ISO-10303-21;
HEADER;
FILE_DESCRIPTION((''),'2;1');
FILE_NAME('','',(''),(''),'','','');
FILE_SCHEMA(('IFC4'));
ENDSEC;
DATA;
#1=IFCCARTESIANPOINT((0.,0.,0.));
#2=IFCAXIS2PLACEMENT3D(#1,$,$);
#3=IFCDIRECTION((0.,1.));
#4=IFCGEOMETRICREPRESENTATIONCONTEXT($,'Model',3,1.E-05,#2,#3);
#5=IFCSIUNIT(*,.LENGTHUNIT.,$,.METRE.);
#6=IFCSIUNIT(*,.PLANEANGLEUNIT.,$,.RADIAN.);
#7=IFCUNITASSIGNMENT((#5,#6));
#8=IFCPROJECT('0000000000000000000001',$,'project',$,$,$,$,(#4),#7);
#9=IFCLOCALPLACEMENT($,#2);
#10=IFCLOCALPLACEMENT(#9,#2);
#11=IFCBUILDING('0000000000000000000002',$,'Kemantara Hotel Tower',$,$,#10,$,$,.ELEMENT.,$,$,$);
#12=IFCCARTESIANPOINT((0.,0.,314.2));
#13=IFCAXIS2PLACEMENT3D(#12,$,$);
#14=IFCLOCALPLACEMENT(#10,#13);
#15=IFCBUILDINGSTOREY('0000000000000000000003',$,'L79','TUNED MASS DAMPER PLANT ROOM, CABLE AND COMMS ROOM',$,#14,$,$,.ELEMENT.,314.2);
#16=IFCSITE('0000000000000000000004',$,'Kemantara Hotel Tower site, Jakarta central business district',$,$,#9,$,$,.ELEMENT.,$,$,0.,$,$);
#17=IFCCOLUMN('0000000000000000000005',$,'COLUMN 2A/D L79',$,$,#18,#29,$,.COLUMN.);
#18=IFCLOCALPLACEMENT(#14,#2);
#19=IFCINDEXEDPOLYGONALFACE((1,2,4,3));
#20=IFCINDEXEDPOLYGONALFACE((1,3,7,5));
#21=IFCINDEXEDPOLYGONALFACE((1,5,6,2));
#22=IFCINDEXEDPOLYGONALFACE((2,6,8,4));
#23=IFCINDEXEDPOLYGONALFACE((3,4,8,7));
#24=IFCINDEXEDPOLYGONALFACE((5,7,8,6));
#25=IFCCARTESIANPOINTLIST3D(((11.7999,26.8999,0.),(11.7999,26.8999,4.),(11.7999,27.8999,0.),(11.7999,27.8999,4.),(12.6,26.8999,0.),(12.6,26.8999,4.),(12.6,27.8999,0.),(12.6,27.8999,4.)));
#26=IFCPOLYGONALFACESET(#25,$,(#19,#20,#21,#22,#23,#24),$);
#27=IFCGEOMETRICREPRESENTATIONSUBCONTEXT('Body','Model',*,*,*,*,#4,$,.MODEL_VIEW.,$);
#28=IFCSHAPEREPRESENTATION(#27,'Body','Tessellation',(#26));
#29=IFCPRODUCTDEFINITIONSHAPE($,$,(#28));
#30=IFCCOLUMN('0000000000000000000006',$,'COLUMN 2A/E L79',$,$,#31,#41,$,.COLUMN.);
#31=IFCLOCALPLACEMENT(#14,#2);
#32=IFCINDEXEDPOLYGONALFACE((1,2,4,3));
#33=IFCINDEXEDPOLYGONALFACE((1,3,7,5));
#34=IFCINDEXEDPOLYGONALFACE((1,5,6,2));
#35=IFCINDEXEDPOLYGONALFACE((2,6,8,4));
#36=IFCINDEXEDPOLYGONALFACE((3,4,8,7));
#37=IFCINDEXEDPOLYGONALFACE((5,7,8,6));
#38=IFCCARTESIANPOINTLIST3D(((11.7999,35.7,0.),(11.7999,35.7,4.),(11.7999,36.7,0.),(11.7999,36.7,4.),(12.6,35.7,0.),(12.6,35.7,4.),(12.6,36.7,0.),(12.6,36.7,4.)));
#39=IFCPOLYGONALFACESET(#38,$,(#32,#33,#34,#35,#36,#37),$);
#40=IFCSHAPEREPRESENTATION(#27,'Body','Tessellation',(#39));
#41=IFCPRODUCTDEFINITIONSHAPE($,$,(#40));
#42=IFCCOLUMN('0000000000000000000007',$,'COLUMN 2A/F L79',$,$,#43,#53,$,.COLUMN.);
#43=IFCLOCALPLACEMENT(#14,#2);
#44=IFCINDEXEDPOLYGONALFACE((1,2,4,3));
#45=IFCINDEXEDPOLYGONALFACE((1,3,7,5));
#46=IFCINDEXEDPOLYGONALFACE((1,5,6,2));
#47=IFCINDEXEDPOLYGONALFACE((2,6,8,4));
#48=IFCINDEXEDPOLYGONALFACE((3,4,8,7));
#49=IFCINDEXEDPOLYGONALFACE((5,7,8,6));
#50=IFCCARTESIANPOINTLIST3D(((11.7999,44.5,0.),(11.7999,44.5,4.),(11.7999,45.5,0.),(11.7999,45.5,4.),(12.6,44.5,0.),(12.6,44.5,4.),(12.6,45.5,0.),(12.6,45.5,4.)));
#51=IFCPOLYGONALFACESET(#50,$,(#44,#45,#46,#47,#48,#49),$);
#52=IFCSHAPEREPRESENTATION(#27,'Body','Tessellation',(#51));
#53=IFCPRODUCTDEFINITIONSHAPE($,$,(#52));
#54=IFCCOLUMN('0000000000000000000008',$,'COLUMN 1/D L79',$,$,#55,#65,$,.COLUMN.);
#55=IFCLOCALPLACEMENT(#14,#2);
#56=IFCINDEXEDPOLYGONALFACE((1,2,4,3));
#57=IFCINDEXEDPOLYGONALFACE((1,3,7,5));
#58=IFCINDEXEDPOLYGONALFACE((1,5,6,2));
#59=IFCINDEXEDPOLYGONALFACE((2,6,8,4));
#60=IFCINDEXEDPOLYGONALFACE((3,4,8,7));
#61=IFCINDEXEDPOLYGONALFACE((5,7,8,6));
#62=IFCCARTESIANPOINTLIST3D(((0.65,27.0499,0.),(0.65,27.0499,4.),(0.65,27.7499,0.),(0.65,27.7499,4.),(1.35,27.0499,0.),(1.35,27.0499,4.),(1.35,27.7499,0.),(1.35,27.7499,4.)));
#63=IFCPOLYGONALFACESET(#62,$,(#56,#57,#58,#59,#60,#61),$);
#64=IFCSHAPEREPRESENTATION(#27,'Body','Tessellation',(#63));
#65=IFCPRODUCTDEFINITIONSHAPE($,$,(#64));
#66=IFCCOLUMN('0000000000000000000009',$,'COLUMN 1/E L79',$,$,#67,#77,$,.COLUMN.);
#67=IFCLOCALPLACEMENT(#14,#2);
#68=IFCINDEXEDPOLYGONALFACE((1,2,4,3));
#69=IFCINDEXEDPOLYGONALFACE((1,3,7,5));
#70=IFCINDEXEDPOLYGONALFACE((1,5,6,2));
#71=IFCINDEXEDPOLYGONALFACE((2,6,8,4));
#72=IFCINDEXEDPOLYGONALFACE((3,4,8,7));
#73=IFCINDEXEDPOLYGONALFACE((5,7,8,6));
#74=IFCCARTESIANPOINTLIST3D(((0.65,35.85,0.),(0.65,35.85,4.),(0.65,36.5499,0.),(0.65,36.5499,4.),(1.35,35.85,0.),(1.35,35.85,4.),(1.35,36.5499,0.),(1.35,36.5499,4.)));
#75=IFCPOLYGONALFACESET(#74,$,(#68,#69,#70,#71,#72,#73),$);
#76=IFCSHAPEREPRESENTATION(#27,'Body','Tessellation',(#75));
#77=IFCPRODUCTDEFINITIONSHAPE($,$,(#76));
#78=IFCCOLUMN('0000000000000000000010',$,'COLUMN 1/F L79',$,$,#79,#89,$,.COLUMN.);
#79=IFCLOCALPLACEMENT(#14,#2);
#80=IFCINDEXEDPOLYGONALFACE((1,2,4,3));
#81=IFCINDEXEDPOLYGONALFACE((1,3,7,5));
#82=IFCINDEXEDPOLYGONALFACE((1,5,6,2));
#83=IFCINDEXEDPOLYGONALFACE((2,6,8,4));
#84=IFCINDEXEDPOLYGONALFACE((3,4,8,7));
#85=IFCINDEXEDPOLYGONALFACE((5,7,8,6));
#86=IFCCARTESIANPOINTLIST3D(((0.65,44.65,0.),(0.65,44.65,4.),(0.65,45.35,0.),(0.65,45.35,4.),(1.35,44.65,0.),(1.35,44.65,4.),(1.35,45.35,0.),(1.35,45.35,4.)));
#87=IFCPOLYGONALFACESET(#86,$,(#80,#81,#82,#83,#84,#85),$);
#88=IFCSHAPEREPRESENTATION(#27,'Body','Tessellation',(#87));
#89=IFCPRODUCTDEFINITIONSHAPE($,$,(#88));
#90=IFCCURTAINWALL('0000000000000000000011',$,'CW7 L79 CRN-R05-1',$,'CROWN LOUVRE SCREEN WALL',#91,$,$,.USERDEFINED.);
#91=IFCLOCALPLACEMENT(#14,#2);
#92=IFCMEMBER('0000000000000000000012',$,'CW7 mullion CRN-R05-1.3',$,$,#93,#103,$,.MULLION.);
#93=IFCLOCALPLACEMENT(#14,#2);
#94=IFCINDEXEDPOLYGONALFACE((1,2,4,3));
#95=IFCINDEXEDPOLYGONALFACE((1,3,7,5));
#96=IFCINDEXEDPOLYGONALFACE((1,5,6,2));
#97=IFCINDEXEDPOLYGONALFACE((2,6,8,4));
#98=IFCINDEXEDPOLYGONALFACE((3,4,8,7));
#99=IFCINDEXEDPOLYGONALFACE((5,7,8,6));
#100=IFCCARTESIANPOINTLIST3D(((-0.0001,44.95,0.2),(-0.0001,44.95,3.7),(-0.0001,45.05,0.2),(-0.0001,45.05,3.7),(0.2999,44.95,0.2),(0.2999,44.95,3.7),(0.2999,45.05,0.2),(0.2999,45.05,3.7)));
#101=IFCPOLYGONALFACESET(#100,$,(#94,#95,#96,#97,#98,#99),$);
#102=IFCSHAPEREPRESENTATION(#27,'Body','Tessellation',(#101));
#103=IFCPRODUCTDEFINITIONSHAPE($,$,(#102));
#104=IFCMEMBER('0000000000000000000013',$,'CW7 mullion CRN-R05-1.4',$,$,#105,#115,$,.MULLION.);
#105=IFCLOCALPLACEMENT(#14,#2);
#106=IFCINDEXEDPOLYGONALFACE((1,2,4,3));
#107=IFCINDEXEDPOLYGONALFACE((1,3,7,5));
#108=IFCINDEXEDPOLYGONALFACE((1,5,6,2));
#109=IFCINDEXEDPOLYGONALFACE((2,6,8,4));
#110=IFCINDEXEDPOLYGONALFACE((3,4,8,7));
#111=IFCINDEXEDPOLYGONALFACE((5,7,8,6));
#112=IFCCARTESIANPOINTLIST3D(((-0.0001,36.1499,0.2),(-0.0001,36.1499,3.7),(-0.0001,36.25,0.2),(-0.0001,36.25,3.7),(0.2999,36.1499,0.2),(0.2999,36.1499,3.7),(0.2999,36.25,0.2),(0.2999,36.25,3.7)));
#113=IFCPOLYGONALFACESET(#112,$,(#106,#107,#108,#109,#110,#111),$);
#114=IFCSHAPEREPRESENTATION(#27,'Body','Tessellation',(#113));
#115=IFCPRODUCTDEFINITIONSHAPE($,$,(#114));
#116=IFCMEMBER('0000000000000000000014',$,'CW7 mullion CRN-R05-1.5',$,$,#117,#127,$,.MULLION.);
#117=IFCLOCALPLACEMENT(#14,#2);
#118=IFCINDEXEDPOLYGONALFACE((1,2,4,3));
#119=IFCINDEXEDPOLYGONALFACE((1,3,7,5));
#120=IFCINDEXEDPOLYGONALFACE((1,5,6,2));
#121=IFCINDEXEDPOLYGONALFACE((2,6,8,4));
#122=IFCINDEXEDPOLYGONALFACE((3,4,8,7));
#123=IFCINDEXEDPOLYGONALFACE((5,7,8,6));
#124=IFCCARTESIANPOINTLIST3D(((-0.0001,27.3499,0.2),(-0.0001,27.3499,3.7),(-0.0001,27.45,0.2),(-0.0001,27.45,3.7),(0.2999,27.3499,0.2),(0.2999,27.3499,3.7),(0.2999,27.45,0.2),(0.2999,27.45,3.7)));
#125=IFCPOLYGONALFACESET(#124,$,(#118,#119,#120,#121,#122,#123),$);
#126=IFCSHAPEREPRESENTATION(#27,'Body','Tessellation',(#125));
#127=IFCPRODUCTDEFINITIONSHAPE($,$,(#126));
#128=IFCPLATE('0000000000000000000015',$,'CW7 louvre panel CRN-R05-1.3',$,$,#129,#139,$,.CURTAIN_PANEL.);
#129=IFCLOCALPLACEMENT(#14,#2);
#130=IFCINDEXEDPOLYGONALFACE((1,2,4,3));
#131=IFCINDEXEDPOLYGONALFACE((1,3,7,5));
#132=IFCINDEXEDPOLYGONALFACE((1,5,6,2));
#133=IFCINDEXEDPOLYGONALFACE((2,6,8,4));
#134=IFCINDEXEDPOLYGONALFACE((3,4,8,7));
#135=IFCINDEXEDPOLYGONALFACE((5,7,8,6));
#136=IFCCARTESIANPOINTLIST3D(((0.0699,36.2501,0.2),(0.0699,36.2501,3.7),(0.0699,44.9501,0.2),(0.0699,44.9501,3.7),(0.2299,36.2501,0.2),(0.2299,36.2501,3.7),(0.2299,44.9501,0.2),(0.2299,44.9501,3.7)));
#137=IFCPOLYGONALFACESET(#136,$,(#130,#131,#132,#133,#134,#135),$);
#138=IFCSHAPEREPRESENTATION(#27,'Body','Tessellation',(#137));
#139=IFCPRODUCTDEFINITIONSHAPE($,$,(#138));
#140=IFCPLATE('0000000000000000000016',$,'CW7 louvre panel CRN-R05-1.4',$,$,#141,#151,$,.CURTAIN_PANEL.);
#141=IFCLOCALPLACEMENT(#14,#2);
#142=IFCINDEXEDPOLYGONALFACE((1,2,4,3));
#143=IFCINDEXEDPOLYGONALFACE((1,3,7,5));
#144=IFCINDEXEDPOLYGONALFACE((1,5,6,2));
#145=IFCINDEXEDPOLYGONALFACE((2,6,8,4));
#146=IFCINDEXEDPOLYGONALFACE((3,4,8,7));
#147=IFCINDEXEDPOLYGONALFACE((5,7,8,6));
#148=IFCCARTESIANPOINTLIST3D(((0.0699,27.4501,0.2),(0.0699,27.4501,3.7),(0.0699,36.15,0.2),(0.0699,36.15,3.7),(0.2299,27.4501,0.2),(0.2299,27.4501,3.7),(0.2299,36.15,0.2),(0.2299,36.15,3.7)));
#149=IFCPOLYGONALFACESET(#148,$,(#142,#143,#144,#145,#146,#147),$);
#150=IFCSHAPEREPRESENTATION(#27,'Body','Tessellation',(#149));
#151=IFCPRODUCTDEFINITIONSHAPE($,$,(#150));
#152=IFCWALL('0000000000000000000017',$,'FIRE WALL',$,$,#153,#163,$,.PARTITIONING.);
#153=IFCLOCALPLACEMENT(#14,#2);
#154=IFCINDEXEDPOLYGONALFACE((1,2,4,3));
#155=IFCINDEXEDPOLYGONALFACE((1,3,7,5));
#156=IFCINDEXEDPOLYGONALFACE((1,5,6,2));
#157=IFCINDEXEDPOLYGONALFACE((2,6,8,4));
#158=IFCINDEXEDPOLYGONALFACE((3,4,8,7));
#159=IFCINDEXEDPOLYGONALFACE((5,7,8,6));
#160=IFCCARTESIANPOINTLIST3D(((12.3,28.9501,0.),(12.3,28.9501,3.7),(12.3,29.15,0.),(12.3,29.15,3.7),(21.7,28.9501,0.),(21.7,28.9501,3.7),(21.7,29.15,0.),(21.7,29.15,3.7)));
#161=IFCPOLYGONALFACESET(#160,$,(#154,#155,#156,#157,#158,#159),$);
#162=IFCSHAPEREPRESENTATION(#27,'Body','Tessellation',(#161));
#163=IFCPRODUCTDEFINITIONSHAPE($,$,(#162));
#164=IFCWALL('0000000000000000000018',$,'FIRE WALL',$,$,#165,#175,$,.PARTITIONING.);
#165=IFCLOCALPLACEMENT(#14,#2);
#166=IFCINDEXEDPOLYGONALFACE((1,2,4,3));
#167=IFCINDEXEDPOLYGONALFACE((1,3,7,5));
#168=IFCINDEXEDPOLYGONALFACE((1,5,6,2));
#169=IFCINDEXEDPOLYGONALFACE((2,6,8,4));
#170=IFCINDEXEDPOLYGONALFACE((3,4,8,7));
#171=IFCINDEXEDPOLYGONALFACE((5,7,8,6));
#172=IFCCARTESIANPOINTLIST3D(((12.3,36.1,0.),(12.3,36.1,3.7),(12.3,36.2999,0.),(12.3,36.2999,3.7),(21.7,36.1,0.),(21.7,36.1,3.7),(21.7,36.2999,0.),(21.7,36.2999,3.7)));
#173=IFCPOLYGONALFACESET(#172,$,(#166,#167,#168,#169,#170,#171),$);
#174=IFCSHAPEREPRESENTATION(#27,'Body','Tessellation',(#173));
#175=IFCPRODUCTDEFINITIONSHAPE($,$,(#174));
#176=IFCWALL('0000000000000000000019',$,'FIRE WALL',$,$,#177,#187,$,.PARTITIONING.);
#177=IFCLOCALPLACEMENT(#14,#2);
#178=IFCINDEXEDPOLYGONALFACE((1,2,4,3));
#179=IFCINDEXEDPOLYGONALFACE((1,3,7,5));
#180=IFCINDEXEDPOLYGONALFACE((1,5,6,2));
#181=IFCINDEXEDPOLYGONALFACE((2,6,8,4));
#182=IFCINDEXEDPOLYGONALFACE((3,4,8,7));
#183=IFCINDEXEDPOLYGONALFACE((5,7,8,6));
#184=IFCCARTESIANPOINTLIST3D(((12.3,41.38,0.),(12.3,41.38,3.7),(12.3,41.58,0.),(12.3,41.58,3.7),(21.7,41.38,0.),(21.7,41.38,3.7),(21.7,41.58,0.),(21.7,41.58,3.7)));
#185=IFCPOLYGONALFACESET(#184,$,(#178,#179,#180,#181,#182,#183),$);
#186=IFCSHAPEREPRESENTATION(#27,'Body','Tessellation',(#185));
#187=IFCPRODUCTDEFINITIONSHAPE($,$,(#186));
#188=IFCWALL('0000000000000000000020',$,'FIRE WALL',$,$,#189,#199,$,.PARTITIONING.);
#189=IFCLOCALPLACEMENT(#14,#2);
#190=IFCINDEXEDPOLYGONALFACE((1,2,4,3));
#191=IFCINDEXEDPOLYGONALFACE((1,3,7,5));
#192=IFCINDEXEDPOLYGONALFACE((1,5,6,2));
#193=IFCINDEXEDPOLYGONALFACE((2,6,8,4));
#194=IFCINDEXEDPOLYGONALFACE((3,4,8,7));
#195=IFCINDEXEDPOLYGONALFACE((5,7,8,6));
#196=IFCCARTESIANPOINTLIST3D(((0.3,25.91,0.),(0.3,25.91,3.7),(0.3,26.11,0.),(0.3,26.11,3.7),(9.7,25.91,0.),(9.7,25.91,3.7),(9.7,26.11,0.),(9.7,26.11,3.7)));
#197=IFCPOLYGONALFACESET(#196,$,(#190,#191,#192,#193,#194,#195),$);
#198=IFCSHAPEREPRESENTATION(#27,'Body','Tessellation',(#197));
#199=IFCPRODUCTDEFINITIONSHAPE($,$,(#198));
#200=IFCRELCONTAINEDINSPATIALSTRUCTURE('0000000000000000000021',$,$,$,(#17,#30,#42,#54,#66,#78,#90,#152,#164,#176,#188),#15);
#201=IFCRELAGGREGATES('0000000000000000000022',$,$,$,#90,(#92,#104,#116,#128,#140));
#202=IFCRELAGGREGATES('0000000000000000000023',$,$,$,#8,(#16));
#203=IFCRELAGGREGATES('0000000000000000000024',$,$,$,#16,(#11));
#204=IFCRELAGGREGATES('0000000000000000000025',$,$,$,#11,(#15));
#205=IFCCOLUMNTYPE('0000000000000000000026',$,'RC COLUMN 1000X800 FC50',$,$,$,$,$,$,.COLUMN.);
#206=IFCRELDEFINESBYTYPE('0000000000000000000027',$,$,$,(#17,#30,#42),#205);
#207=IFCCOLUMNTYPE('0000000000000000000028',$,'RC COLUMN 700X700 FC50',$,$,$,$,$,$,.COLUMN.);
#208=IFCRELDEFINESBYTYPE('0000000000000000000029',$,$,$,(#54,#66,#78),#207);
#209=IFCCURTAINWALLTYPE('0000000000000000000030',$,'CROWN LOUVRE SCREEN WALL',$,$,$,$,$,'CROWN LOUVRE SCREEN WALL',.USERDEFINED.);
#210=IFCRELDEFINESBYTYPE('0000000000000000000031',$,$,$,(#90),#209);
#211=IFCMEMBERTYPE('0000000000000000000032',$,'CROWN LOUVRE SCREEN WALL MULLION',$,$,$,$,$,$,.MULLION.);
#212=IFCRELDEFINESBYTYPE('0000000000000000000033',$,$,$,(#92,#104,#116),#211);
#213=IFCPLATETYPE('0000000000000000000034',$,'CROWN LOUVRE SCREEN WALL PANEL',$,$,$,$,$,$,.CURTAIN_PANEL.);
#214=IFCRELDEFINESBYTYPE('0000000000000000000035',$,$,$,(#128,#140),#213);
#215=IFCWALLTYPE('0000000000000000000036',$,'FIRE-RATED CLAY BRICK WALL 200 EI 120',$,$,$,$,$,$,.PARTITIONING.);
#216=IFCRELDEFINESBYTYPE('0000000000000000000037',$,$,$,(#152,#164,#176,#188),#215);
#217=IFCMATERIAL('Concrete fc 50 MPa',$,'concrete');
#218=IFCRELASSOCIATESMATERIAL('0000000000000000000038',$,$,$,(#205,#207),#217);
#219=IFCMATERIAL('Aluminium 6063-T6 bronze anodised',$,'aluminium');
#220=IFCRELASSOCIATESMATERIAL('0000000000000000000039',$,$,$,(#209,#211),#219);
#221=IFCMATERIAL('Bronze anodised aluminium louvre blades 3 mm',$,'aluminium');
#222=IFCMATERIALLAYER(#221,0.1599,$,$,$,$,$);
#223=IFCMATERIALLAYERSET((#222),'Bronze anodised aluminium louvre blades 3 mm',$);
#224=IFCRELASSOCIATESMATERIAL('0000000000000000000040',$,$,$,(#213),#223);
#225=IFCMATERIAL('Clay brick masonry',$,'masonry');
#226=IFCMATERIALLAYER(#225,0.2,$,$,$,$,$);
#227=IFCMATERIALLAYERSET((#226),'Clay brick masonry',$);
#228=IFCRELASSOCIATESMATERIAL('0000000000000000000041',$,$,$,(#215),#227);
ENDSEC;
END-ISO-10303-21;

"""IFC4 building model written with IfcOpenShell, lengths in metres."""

from ifc_helpers import new_model, si_unit, direction, frame, frame_2d, origin, origin_2d, place, context, subcontext, project, spatial, rectangle, extrude, source, transform, mapped, material, layer, layer_set, material_profile, profile_set, type_object, element, aggregate, save


model = new_model("IFC4")

# Units and contexts
model_context = context("Model", 3, precision=1e-05, world=origin(), true_north=direction((0.0, 1.0)))
body_context = subcontext(model_context, "Body", "Model", "MODEL_VIEW")
ifc_project = project(units=[si_unit("LENGTHUNIT", "METRE"), si_unit("PLANEANGLEUNIT", "RADIAN")], contexts=[model_context])

# Site, building, storey
site_placement = place(None, origin())
site = spatial("IfcSite", under=ifc_project, at=site_placement, Name="Kemantara Hotel Tower site, Jakarta central business district", CompositionType="ELEMENT", RefElevation=0.0)
building_placement = place(site_placement, origin())
building = spatial("IfcBuilding", under=site, at=building_placement, Name="Kemantara Hotel Tower", CompositionType="ELEMENT")
storey_placement = place(building_placement, frame((0.0, 0.0, 314.2)))
storey = spatial("IfcBuildingStorey", under=building, at=storey_placement, Name="L79", Description="TUNED MASS DAMPER PLANT ROOM, CABLE AND COMMS ROOM", CompositionType="ELEMENT", Elevation=314.2)

# Columns
ifc_material_1 = material(Name="Concrete fc 50 MPa", Category="concrete")
ifc_material_profile_1 = material_profile(ifc_material_1, rectangle(XDim=1.0, YDim=0.8, at=origin_2d()), Name="RC 1000X800")
ifc_profile_set_1 = profile_set([ifc_material_profile_1], Name="Concrete fc 50 MPa")
column_type_1 = type_object("IfcColumnType", Name="RC COLUMN 1000X800 FC50", PredefinedType="COLUMN", material=ifc_profile_set_1)
for number, where, z_axis, x_axis, name in (
    (1, (12.2, 27.3999, 0.0), (0.0, 0.0, 1.0), (0.0, 1.0, 0.0), "COLUMN 2A/D L79"),
    (2, (12.2, 36.2, 0.0), (0.0, 0.0, 1.0), (0.0, 1.0, 0.0), "COLUMN 2A/E L79"),
    (3, (12.2, 45.0, 0.0), (0.0, 0.0, 1.0), (0.0, 1.0, 0.0), "COLUMN 2A/F L79"),
):
    element("IfcColumn", number, at=place(storey_placement, frame(where, z_axis=z_axis, x_axis=x_axis)), inside=storey, type_object=column_type_1, Name=name, PredefinedType="COLUMN", context=body_context, shape_type="SweptSolid", body=[
        extrude(rectangle(XDim=1.0, YDim=0.8, at=origin_2d()), origin(), (0.0, 0.0, 1.0), 4.0),
    ])
ifc_material_profile_2 = material_profile(ifc_material_1, rectangle(XDim=0.7, YDim=0.7, at=origin_2d()), Name="RC 700X700")
ifc_profile_set_2 = profile_set([ifc_material_profile_2], Name="Concrete fc 50 MPa")
column_type_2 = type_object("IfcColumnType", Name="RC COLUMN 700X700 FC50", PredefinedType="COLUMN", material=ifc_profile_set_2)
for number, where, z_axis, x_axis, name in (
    (4, (1.0, 27.3999, 0.0), (0.0, 0.0, 1.0), (1.0, 0.0, 0.0), "COLUMN 1/D L79"),
    (5, (1.0, 36.2, 0.0), (0.0, 0.0, 1.0), (1.0, 0.0, 0.0), "COLUMN 1/E L79"),
    (6, (1.0, 45.0, 0.0), (0.0, 0.0, 1.0), (1.0, 0.0, 0.0), "COLUMN 1/F L79"),
):
    element("IfcColumn", number, at=place(storey_placement, frame(where, z_axis=z_axis, x_axis=x_axis)), inside=storey, type_object=column_type_2, Name=name, PredefinedType="COLUMN", context=body_context, shape_type="SweptSolid", body=[
        extrude(rectangle(XDim=0.7, YDim=0.7, at=origin_2d()), origin(), (0.0, 0.0, 1.0), 4.0),
    ])

# Curtain wall, members, plates
ifc_material_2 = material(Name="Aluminium 6063-T6 bronze anodised", Category="aluminium")
curtain_wall_type = type_object("IfcCurtainWallType", Name="CROWN LOUVRE SCREEN WALL", ElementType="CROWN LOUVRE SCREEN WALL", PredefinedType="USERDEFINED", material=ifc_material_2)
curtain_wall_placement = place(storey_placement, origin())
curtain_wall = element("IfcCurtainWall", 7, at=curtain_wall_placement, inside=storey, type_object=curtain_wall_type, Name="CW7 L79 CRN-R05-1", ObjectType="CROWN LOUVRE SCREEN WALL", PredefinedType="USERDEFINED")
ifc_material_profile_3 = material_profile(ifc_material_2, rectangle(XDim=0.3, YDim=0.1001, at=origin_2d()), Name="CROWN LOUVRE SCREEN WALL MULLION")
ifc_profile_set_3 = profile_set([ifc_material_profile_3], Name="Aluminium 6063-T6 bronze anodised")
member_type = type_object("IfcMemberType", Name="CROWN LOUVRE SCREEN WALL MULLION", PredefinedType="MULLION", material=ifc_profile_set_3)
shared_shape_1 = source(origin(), body_context, "Body", "SweptSolid", [
    extrude(rectangle(XDim=0.3, YDim=0.1001, at=origin_2d()), origin(), (0.0, 0.0, 1.0), 3.5),
])
member_1_placement = place(storey_placement, frame((0.1499, 45.0, 0.2), z_axis=(0.0, 0.0, 1.0), x_axis=(1.0, 0.0, 0.0)))
member_1 = element("IfcMember", 8, at=member_1_placement, type_object=member_type, Name="CW7 mullion CRN-R05-1.3", PredefinedType="MULLION", context=body_context, shape_type="MappedRepresentation", body=[
    mapped(shared_shape_1, transform((0.0, 0.0, 0.0))),
])
member_2_placement = place(storey_placement, frame((0.1499, 36.2, 0.2), z_axis=(0.0, 0.0, 1.0), x_axis=(1.0, 0.0, 0.0)))
member_2 = element("IfcMember", 9, at=member_2_placement, type_object=member_type, Name="CW7 mullion CRN-R05-1.4", PredefinedType="MULLION", context=body_context, shape_type="MappedRepresentation", body=[
    mapped(shared_shape_1, transform((0.0, 0.0, 0.0))),
])
member_3_placement = place(storey_placement, frame((0.1499, 27.3999, 0.2), z_axis=(0.0, 0.0, 1.0), x_axis=(1.0, 0.0, 0.0)))
member_3 = element("IfcMember", 10, at=member_3_placement, type_object=member_type, Name="CW7 mullion CRN-R05-1.5", PredefinedType="MULLION", context=body_context, shape_type="MappedRepresentation", body=[
    mapped(shared_shape_1, transform((0.0, 0.0, 0.0))),
])
ifc_material_3 = material(Name="Bronze anodised aluminium louvre blades 3 mm", Category="aluminium")
ifc_layer_1 = layer(ifc_material_3, 0.1599)
ifc_layer_set_1 = layer_set([ifc_layer_1], Name="Bronze anodised aluminium louvre blades 3 mm")
plate_type = type_object("IfcPlateType", Name="CROWN LOUVRE SCREEN WALL PANEL", PredefinedType="CURTAIN_PANEL", material=ifc_layer_set_1)
shared_shape_2 = source(origin(), body_context, "Body", "SweptSolid", [
    extrude(rectangle(XDim=8.7, YDim=0.1599, at=origin_2d()), origin(), (0.0, 0.0, 1.0), 3.5),
])
plate_1_placement = place(storey_placement, frame((0.1499, 40.6001, 0.2), z_axis=(0.0, 0.0, 1.0), x_axis=(0.0, -1.0, 0.0)))
plate_1 = element("IfcPlate", 11, at=plate_1_placement, type_object=plate_type, Name="CW7 louvre panel CRN-R05-1.3", PredefinedType="CURTAIN_PANEL", context=body_context, shape_type="MappedRepresentation", body=[
    mapped(shared_shape_2, transform((0.0, 0.0, 0.0))),
])
plate_2_placement = place(storey_placement, frame((0.1499, 31.8, 0.2), z_axis=(0.0, 0.0, 1.0), x_axis=(0.0, -1.0, 0.0)))
plate_2 = element("IfcPlate", 12, at=plate_2_placement, type_object=plate_type, Name="CW7 louvre panel CRN-R05-1.4", PredefinedType="CURTAIN_PANEL", context=body_context, shape_type="MappedRepresentation", body=[
    mapped(shared_shape_2, transform((0.0, 0.0, 0.0))),
])
aggregate(curtain_wall, [member_1, member_2, member_3, plate_1, plate_2])

# Walls
ifc_material_4 = material(Name="Clay brick masonry", Category="masonry")
ifc_layer_2 = layer(ifc_material_4, 0.2)
ifc_layer_set_2 = layer_set([ifc_layer_2], Name="Clay brick masonry")
wall_type = type_object("IfcWallType", Name="FIRE-RATED CLAY BRICK WALL 200 EI 120", PredefinedType="PARTITIONING", material=ifc_layer_set_2)
for number, where, z_axis, x_axis, name in (
    (13, (12.3, 29.05, 0.0), (0.0, 0.0, 1.0), (1.0, 0.0, 0.0), "FIRE WALL"),
    (14, (12.3, 36.2, 0.0), (0.0, 0.0, 1.0), (1.0, 0.0, 0.0), "FIRE WALL"),
    (15, (12.3, 41.48, 0.0), (0.0, 0.0, 1.0), (1.0, 0.0, 0.0), "FIRE WALL"),
    (16, (0.3, 26.01, 0.0), (0.0, 0.0, 1.0), (1.0, 0.0, 0.0), "FIRE WALL"),
):
    element("IfcWall", number, at=place(storey_placement, frame(where, z_axis=z_axis, x_axis=x_axis)), inside=storey, type_object=wall_type, Name=name, PredefinedType="PARTITIONING", context=body_context, shape_type="SweptSolid", body=[
        extrude(rectangle(XDim=9.3999, YDim=0.2, at=frame_2d((4.7, 0.0))), origin(), (0.0, 0.0, 1.0), 3.7),
    ])

save(model, "model.ifc")
